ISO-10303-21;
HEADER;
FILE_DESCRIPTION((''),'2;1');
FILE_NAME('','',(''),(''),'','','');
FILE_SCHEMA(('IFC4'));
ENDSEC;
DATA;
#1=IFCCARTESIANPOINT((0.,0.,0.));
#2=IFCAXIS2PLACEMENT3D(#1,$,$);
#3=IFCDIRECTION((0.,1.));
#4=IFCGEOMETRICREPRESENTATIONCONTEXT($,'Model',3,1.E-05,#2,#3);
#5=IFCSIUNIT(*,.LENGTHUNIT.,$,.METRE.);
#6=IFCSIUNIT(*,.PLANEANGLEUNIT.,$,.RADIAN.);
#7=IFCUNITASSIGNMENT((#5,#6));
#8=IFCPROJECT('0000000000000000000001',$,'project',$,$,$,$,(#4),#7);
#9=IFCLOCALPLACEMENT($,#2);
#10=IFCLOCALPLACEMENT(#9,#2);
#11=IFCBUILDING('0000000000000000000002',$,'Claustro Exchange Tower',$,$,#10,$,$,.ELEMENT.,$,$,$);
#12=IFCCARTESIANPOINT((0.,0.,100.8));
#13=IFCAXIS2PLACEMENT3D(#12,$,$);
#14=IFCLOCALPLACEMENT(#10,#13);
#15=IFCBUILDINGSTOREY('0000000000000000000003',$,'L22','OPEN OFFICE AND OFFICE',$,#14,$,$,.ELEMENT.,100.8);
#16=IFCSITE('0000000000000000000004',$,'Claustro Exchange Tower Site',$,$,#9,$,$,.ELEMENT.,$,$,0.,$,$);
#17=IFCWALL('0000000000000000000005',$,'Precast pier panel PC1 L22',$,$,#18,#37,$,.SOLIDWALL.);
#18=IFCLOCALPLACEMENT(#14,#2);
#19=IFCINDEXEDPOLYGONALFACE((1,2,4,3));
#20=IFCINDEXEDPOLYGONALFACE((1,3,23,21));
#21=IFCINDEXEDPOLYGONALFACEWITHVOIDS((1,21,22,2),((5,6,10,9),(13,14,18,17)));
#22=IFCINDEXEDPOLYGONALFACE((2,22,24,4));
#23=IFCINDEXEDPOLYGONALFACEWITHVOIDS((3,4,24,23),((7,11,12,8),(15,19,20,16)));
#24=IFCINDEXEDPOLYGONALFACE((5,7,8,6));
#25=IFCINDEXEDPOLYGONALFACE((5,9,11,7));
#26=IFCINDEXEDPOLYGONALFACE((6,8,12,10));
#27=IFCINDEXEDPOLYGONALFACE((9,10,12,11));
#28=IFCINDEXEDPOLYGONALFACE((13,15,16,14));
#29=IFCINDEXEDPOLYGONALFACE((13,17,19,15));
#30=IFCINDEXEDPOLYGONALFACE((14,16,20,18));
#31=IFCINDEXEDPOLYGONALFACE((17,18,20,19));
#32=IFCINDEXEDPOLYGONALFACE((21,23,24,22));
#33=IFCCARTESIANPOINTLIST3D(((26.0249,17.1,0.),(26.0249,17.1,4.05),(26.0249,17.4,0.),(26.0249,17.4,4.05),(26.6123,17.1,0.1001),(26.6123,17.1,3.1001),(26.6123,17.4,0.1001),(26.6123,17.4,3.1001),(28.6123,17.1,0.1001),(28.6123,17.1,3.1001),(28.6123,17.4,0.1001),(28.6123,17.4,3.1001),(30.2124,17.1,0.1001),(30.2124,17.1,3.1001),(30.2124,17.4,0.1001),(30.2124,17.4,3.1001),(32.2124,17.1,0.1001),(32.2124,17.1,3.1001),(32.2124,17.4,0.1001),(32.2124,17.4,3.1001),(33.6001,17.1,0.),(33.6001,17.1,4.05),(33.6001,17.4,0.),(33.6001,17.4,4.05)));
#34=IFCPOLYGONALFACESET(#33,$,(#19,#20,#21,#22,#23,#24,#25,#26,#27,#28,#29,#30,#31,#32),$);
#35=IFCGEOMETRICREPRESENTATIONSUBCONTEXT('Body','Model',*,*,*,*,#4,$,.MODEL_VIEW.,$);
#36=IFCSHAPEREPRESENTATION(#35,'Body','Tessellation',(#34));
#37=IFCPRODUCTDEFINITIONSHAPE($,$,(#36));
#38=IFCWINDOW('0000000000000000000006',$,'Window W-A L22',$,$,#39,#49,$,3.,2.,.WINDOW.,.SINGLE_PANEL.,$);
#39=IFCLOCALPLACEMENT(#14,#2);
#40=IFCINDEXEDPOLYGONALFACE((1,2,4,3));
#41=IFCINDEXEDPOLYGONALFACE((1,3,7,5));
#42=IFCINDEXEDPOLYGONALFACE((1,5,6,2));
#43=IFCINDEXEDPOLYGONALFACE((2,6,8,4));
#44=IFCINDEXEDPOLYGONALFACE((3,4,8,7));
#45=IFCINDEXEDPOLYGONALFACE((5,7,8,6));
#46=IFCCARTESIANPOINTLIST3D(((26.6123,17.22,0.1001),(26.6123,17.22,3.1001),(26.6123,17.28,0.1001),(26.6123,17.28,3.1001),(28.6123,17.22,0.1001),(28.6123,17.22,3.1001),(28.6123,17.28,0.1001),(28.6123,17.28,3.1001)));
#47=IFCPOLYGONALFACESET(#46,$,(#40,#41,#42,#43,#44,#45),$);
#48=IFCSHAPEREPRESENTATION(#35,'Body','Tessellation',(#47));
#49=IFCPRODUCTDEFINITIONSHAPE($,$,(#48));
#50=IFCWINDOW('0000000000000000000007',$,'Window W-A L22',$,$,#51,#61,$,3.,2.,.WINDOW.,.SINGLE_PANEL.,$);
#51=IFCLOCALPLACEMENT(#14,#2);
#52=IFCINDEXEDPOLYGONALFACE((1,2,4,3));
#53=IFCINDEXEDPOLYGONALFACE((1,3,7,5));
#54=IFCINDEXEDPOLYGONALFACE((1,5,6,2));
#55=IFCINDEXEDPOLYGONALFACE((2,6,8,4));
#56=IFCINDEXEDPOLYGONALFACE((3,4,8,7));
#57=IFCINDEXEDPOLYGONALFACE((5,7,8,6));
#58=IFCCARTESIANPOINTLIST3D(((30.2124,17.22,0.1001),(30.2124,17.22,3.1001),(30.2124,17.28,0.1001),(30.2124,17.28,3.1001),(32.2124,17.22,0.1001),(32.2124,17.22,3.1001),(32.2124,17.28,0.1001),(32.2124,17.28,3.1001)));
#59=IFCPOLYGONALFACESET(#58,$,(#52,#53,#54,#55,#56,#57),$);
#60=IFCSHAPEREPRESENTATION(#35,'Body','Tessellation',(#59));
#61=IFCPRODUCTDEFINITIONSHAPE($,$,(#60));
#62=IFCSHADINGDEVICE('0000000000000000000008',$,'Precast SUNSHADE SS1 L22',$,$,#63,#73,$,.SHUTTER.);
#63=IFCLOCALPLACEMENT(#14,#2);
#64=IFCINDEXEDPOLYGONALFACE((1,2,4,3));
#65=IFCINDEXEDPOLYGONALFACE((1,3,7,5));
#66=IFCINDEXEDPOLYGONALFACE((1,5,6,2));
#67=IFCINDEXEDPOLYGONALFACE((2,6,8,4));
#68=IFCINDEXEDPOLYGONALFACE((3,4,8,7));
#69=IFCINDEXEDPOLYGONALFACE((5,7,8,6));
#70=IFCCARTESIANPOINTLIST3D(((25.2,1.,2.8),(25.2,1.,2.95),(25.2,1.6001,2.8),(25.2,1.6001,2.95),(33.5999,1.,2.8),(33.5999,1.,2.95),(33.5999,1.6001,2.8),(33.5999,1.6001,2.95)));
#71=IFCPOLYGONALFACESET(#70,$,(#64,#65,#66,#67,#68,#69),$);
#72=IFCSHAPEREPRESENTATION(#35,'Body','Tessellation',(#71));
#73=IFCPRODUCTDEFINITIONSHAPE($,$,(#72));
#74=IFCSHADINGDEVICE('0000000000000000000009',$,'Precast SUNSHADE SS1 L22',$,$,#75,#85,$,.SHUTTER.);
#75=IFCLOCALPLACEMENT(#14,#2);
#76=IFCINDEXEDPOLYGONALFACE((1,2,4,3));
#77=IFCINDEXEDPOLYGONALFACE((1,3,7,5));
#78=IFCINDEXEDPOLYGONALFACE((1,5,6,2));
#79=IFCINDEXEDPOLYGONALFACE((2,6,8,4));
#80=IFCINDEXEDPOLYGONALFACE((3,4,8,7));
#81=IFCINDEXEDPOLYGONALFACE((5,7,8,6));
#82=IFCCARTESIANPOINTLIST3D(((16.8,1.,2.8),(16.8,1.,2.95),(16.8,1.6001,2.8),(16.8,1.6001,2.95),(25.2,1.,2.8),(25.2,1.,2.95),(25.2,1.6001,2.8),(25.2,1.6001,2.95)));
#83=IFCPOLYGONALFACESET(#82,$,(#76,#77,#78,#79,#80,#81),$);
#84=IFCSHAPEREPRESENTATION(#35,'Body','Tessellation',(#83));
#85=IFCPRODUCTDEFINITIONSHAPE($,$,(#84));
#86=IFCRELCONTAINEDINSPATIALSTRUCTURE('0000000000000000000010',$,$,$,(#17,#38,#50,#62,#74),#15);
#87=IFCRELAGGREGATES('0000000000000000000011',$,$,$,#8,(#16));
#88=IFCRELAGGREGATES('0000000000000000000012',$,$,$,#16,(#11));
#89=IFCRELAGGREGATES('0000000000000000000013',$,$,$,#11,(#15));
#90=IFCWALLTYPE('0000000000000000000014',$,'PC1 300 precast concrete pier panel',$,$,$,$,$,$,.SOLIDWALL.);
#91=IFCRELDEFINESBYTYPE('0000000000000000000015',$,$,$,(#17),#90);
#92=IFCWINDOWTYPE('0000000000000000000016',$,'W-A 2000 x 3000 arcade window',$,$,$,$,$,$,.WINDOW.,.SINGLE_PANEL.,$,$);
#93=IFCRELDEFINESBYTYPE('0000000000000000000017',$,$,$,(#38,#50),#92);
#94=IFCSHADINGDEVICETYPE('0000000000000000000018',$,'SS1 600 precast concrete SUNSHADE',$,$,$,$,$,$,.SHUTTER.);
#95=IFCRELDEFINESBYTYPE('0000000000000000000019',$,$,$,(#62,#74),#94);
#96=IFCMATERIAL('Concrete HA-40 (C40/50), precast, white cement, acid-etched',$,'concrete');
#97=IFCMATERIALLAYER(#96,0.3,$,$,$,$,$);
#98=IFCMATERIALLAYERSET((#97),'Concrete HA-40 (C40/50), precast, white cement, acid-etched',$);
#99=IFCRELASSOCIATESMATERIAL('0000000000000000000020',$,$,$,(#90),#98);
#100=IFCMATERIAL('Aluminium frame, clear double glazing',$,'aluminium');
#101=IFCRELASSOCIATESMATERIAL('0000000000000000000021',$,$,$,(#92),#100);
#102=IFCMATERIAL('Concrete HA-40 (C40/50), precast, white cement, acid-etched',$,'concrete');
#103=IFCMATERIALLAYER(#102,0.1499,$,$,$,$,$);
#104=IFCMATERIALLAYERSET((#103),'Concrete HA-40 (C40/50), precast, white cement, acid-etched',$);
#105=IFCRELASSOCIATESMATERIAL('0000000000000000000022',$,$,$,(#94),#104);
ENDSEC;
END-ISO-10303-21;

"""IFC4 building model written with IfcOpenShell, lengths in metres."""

from ifc_helpers import new_model, si_unit, direction, frame, frame_2d, origin, origin_2d, place, context, subcontext, project, spatial, rectangle, extrude, material, layer, layer_set, type_object, element, fill, save


model = new_model("IFC4")

# Units and contexts
model_context = context("Model", 3, precision=1e-05, world=origin(), true_north=direction((0.0, 1.0)))
body_context = subcontext(model_context, "Body", "Model", "MODEL_VIEW")
ifc_project = project(units=[si_unit("LENGTHUNIT", "METRE"), si_unit("PLANEANGLEUNIT", "RADIAN")], contexts=[model_context])

# Site, building, storey
site_placement = place(None, origin())
site = spatial("IfcSite", under=ifc_project, at=site_placement, Name="Claustro Exchange Tower Site", CompositionType="ELEMENT", RefElevation=0.0)
building_placement = place(site_placement, origin())
building = spatial("IfcBuilding", under=site, at=building_placement, Name="Claustro Exchange Tower", CompositionType="ELEMENT")
storey_placement = place(building_placement, frame((0.0, 0.0, 100.8)))
storey = spatial("IfcBuildingStorey", under=building, at=storey_placement, Name="L22", Description="OPEN OFFICE AND OFFICE", CompositionType="ELEMENT", Elevation=100.8)

# Wall, openings, windows
ifc_material_1 = material(Name="Concrete HA-40 (C40/50), precast, white cement, acid-etched", Category="concrete")
ifc_layer_1 = layer(ifc_material_1, 0.3)
ifc_layer_set_1 = layer_set([ifc_layer_1], Name="Concrete HA-40 (C40/50), precast, white cement, acid-etched")
wall_type = type_object("IfcWallType", Name="PC1 300 precast concrete pier panel", PredefinedType="SOLIDWALL", material=ifc_layer_set_1)
wall_1_placement = place(storey_placement, frame((26.0249, 17.25, 0.0), z_axis=(0.0, 0.0, 1.0), x_axis=(1.0, 0.0, 0.0)))
wall_1 = element("IfcWall", 1, at=wall_1_placement, inside=storey, type_object=wall_type, Name="Precast pier panel PC1 L22", PredefinedType="SOLIDWALL", context=body_context, shape_type="SweptSolid", body=[
    extrude(rectangle(XDim=7.5752, YDim=0.3, at=frame_2d((3.7876, 0.0))), origin(), (0.0, 0.0, 1.0), 4.05),
])
opening_1_placement = place(wall_1_placement, frame((0.5874, 0.0, 0.1001)))
opening_1 = element("IfcOpeningElement", 2, at=opening_1_placement, cuts=wall_1, PredefinedType="OPENING", context=body_context, shape_type="SweptSolid", body=[
    extrude(rectangle(XDim=2.0, YDim=3.0, at=frame_2d((1.0, 1.5))), frame((0.0, 0.1599, 0.0), z_axis=(0.0, -1.0, 0.0), x_axis=(1.0, 0.0, 0.0)), (0.0, 0.0, 1.0), 0.3201),
])
opening_2_placement = place(wall_1_placement, frame((4.1875, 0.0, 0.1001)))
opening_2 = element("IfcOpeningElement", 3, at=opening_2_placement, cuts=wall_1, PredefinedType="OPENING", context=body_context, shape_type="SweptSolid", body=[
    extrude(rectangle(XDim=2.0, YDim=3.0, at=frame_2d((1.0, 1.5))), frame((0.0, 0.1599, 0.0), z_axis=(0.0, -1.0, 0.0), x_axis=(1.0, 0.0, 0.0)), (0.0, 0.0, 1.0), 0.3201),
])
ifc_material_2 = material(Name="Aluminium frame, clear double glazing", Category="aluminium")
window_type_1 = type_object("IfcWindowType", Name="W-A 2000 x 3000 arcade window", PartitioningType="SINGLE_PANEL", PredefinedType="WINDOW", material=ifc_material_2)
window_1_placement = place(opening_1_placement, origin())
window_1 = element("IfcWindow", 4, at=window_1_placement, inside=storey, type_object=window_type_1, Name="Window W-A L22", OverallHeight=3.0, OverallWidth=2.0, PartitioningType="SINGLE_PANEL", PredefinedType="WINDOW", context=body_context, shape_type="SweptSolid", body=[
    extrude(rectangle(XDim=2.0, YDim=3.0, at=frame_2d((1.0, 1.5))), frame((0.0, 0.03, 0.0), z_axis=(0.0, -1.0, 0.0), x_axis=(1.0, 0.0, 0.0)), (0.0, 0.0, 1.0), 0.0601),
])
fill(opening_1, window_1)
window_2_placement = place(opening_2_placement, origin())
window_2 = element("IfcWindow", 5, at=window_2_placement, inside=storey, type_object=window_type_1, Name="Window W-A L22", OverallHeight=3.0, OverallWidth=2.0, PartitioningType="SINGLE_PANEL", PredefinedType="WINDOW", context=body_context, shape_type="SweptSolid", body=[
    extrude(rectangle(XDim=2.0, YDim=3.0, at=frame_2d((1.0, 1.5))), frame((0.0, 0.03, 0.0), z_axis=(0.0, -1.0, 0.0), x_axis=(1.0, 0.0, 0.0)), (0.0, 0.0, 1.0), 0.0601),
])
fill(opening_2, window_2)

# Shading devices
ifc_material_3 = material(Name="Concrete HA-40 (C40/50), precast, white cement, acid-etched", Category="concrete")
ifc_layer_2 = layer(ifc_material_3, 0.1499)
ifc_layer_set_2 = layer_set([ifc_layer_2], Name="Concrete HA-40 (C40/50), precast, white cement, acid-etched")
shading_device_type = type_object("IfcShadingDeviceType", Name="SS1 600 precast concrete SUNSHADE", PredefinedType="SHUTTER", material=ifc_layer_set_2)
for number, where, z_axis, x_axis, name in (
    (6, (29.3999, 1.3, 2.8), (0.0, 0.0, 1.0), (-1.0, 0.0, 0.0), "Precast SUNSHADE SS1 L22"),
    (7, (21.0, 1.3, 2.8), (0.0, 0.0, 1.0), (-1.0, 0.0, 0.0), "Precast SUNSHADE SS1 L22"),
):
    element("IfcShadingDevice", number, at=place(storey_placement, frame(where, z_axis=z_axis, x_axis=x_axis)), inside=storey, type_object=shading_device_type, Name=name, PredefinedType="SHUTTER", context=body_context, shape_type="SweptSolid", body=[
        extrude(rectangle(XDim=8.3999, YDim=0.6001, at=origin_2d()), origin(), (0.0, 0.0, 1.0), 0.1499),
    ])

save(model, "model.ifc")
